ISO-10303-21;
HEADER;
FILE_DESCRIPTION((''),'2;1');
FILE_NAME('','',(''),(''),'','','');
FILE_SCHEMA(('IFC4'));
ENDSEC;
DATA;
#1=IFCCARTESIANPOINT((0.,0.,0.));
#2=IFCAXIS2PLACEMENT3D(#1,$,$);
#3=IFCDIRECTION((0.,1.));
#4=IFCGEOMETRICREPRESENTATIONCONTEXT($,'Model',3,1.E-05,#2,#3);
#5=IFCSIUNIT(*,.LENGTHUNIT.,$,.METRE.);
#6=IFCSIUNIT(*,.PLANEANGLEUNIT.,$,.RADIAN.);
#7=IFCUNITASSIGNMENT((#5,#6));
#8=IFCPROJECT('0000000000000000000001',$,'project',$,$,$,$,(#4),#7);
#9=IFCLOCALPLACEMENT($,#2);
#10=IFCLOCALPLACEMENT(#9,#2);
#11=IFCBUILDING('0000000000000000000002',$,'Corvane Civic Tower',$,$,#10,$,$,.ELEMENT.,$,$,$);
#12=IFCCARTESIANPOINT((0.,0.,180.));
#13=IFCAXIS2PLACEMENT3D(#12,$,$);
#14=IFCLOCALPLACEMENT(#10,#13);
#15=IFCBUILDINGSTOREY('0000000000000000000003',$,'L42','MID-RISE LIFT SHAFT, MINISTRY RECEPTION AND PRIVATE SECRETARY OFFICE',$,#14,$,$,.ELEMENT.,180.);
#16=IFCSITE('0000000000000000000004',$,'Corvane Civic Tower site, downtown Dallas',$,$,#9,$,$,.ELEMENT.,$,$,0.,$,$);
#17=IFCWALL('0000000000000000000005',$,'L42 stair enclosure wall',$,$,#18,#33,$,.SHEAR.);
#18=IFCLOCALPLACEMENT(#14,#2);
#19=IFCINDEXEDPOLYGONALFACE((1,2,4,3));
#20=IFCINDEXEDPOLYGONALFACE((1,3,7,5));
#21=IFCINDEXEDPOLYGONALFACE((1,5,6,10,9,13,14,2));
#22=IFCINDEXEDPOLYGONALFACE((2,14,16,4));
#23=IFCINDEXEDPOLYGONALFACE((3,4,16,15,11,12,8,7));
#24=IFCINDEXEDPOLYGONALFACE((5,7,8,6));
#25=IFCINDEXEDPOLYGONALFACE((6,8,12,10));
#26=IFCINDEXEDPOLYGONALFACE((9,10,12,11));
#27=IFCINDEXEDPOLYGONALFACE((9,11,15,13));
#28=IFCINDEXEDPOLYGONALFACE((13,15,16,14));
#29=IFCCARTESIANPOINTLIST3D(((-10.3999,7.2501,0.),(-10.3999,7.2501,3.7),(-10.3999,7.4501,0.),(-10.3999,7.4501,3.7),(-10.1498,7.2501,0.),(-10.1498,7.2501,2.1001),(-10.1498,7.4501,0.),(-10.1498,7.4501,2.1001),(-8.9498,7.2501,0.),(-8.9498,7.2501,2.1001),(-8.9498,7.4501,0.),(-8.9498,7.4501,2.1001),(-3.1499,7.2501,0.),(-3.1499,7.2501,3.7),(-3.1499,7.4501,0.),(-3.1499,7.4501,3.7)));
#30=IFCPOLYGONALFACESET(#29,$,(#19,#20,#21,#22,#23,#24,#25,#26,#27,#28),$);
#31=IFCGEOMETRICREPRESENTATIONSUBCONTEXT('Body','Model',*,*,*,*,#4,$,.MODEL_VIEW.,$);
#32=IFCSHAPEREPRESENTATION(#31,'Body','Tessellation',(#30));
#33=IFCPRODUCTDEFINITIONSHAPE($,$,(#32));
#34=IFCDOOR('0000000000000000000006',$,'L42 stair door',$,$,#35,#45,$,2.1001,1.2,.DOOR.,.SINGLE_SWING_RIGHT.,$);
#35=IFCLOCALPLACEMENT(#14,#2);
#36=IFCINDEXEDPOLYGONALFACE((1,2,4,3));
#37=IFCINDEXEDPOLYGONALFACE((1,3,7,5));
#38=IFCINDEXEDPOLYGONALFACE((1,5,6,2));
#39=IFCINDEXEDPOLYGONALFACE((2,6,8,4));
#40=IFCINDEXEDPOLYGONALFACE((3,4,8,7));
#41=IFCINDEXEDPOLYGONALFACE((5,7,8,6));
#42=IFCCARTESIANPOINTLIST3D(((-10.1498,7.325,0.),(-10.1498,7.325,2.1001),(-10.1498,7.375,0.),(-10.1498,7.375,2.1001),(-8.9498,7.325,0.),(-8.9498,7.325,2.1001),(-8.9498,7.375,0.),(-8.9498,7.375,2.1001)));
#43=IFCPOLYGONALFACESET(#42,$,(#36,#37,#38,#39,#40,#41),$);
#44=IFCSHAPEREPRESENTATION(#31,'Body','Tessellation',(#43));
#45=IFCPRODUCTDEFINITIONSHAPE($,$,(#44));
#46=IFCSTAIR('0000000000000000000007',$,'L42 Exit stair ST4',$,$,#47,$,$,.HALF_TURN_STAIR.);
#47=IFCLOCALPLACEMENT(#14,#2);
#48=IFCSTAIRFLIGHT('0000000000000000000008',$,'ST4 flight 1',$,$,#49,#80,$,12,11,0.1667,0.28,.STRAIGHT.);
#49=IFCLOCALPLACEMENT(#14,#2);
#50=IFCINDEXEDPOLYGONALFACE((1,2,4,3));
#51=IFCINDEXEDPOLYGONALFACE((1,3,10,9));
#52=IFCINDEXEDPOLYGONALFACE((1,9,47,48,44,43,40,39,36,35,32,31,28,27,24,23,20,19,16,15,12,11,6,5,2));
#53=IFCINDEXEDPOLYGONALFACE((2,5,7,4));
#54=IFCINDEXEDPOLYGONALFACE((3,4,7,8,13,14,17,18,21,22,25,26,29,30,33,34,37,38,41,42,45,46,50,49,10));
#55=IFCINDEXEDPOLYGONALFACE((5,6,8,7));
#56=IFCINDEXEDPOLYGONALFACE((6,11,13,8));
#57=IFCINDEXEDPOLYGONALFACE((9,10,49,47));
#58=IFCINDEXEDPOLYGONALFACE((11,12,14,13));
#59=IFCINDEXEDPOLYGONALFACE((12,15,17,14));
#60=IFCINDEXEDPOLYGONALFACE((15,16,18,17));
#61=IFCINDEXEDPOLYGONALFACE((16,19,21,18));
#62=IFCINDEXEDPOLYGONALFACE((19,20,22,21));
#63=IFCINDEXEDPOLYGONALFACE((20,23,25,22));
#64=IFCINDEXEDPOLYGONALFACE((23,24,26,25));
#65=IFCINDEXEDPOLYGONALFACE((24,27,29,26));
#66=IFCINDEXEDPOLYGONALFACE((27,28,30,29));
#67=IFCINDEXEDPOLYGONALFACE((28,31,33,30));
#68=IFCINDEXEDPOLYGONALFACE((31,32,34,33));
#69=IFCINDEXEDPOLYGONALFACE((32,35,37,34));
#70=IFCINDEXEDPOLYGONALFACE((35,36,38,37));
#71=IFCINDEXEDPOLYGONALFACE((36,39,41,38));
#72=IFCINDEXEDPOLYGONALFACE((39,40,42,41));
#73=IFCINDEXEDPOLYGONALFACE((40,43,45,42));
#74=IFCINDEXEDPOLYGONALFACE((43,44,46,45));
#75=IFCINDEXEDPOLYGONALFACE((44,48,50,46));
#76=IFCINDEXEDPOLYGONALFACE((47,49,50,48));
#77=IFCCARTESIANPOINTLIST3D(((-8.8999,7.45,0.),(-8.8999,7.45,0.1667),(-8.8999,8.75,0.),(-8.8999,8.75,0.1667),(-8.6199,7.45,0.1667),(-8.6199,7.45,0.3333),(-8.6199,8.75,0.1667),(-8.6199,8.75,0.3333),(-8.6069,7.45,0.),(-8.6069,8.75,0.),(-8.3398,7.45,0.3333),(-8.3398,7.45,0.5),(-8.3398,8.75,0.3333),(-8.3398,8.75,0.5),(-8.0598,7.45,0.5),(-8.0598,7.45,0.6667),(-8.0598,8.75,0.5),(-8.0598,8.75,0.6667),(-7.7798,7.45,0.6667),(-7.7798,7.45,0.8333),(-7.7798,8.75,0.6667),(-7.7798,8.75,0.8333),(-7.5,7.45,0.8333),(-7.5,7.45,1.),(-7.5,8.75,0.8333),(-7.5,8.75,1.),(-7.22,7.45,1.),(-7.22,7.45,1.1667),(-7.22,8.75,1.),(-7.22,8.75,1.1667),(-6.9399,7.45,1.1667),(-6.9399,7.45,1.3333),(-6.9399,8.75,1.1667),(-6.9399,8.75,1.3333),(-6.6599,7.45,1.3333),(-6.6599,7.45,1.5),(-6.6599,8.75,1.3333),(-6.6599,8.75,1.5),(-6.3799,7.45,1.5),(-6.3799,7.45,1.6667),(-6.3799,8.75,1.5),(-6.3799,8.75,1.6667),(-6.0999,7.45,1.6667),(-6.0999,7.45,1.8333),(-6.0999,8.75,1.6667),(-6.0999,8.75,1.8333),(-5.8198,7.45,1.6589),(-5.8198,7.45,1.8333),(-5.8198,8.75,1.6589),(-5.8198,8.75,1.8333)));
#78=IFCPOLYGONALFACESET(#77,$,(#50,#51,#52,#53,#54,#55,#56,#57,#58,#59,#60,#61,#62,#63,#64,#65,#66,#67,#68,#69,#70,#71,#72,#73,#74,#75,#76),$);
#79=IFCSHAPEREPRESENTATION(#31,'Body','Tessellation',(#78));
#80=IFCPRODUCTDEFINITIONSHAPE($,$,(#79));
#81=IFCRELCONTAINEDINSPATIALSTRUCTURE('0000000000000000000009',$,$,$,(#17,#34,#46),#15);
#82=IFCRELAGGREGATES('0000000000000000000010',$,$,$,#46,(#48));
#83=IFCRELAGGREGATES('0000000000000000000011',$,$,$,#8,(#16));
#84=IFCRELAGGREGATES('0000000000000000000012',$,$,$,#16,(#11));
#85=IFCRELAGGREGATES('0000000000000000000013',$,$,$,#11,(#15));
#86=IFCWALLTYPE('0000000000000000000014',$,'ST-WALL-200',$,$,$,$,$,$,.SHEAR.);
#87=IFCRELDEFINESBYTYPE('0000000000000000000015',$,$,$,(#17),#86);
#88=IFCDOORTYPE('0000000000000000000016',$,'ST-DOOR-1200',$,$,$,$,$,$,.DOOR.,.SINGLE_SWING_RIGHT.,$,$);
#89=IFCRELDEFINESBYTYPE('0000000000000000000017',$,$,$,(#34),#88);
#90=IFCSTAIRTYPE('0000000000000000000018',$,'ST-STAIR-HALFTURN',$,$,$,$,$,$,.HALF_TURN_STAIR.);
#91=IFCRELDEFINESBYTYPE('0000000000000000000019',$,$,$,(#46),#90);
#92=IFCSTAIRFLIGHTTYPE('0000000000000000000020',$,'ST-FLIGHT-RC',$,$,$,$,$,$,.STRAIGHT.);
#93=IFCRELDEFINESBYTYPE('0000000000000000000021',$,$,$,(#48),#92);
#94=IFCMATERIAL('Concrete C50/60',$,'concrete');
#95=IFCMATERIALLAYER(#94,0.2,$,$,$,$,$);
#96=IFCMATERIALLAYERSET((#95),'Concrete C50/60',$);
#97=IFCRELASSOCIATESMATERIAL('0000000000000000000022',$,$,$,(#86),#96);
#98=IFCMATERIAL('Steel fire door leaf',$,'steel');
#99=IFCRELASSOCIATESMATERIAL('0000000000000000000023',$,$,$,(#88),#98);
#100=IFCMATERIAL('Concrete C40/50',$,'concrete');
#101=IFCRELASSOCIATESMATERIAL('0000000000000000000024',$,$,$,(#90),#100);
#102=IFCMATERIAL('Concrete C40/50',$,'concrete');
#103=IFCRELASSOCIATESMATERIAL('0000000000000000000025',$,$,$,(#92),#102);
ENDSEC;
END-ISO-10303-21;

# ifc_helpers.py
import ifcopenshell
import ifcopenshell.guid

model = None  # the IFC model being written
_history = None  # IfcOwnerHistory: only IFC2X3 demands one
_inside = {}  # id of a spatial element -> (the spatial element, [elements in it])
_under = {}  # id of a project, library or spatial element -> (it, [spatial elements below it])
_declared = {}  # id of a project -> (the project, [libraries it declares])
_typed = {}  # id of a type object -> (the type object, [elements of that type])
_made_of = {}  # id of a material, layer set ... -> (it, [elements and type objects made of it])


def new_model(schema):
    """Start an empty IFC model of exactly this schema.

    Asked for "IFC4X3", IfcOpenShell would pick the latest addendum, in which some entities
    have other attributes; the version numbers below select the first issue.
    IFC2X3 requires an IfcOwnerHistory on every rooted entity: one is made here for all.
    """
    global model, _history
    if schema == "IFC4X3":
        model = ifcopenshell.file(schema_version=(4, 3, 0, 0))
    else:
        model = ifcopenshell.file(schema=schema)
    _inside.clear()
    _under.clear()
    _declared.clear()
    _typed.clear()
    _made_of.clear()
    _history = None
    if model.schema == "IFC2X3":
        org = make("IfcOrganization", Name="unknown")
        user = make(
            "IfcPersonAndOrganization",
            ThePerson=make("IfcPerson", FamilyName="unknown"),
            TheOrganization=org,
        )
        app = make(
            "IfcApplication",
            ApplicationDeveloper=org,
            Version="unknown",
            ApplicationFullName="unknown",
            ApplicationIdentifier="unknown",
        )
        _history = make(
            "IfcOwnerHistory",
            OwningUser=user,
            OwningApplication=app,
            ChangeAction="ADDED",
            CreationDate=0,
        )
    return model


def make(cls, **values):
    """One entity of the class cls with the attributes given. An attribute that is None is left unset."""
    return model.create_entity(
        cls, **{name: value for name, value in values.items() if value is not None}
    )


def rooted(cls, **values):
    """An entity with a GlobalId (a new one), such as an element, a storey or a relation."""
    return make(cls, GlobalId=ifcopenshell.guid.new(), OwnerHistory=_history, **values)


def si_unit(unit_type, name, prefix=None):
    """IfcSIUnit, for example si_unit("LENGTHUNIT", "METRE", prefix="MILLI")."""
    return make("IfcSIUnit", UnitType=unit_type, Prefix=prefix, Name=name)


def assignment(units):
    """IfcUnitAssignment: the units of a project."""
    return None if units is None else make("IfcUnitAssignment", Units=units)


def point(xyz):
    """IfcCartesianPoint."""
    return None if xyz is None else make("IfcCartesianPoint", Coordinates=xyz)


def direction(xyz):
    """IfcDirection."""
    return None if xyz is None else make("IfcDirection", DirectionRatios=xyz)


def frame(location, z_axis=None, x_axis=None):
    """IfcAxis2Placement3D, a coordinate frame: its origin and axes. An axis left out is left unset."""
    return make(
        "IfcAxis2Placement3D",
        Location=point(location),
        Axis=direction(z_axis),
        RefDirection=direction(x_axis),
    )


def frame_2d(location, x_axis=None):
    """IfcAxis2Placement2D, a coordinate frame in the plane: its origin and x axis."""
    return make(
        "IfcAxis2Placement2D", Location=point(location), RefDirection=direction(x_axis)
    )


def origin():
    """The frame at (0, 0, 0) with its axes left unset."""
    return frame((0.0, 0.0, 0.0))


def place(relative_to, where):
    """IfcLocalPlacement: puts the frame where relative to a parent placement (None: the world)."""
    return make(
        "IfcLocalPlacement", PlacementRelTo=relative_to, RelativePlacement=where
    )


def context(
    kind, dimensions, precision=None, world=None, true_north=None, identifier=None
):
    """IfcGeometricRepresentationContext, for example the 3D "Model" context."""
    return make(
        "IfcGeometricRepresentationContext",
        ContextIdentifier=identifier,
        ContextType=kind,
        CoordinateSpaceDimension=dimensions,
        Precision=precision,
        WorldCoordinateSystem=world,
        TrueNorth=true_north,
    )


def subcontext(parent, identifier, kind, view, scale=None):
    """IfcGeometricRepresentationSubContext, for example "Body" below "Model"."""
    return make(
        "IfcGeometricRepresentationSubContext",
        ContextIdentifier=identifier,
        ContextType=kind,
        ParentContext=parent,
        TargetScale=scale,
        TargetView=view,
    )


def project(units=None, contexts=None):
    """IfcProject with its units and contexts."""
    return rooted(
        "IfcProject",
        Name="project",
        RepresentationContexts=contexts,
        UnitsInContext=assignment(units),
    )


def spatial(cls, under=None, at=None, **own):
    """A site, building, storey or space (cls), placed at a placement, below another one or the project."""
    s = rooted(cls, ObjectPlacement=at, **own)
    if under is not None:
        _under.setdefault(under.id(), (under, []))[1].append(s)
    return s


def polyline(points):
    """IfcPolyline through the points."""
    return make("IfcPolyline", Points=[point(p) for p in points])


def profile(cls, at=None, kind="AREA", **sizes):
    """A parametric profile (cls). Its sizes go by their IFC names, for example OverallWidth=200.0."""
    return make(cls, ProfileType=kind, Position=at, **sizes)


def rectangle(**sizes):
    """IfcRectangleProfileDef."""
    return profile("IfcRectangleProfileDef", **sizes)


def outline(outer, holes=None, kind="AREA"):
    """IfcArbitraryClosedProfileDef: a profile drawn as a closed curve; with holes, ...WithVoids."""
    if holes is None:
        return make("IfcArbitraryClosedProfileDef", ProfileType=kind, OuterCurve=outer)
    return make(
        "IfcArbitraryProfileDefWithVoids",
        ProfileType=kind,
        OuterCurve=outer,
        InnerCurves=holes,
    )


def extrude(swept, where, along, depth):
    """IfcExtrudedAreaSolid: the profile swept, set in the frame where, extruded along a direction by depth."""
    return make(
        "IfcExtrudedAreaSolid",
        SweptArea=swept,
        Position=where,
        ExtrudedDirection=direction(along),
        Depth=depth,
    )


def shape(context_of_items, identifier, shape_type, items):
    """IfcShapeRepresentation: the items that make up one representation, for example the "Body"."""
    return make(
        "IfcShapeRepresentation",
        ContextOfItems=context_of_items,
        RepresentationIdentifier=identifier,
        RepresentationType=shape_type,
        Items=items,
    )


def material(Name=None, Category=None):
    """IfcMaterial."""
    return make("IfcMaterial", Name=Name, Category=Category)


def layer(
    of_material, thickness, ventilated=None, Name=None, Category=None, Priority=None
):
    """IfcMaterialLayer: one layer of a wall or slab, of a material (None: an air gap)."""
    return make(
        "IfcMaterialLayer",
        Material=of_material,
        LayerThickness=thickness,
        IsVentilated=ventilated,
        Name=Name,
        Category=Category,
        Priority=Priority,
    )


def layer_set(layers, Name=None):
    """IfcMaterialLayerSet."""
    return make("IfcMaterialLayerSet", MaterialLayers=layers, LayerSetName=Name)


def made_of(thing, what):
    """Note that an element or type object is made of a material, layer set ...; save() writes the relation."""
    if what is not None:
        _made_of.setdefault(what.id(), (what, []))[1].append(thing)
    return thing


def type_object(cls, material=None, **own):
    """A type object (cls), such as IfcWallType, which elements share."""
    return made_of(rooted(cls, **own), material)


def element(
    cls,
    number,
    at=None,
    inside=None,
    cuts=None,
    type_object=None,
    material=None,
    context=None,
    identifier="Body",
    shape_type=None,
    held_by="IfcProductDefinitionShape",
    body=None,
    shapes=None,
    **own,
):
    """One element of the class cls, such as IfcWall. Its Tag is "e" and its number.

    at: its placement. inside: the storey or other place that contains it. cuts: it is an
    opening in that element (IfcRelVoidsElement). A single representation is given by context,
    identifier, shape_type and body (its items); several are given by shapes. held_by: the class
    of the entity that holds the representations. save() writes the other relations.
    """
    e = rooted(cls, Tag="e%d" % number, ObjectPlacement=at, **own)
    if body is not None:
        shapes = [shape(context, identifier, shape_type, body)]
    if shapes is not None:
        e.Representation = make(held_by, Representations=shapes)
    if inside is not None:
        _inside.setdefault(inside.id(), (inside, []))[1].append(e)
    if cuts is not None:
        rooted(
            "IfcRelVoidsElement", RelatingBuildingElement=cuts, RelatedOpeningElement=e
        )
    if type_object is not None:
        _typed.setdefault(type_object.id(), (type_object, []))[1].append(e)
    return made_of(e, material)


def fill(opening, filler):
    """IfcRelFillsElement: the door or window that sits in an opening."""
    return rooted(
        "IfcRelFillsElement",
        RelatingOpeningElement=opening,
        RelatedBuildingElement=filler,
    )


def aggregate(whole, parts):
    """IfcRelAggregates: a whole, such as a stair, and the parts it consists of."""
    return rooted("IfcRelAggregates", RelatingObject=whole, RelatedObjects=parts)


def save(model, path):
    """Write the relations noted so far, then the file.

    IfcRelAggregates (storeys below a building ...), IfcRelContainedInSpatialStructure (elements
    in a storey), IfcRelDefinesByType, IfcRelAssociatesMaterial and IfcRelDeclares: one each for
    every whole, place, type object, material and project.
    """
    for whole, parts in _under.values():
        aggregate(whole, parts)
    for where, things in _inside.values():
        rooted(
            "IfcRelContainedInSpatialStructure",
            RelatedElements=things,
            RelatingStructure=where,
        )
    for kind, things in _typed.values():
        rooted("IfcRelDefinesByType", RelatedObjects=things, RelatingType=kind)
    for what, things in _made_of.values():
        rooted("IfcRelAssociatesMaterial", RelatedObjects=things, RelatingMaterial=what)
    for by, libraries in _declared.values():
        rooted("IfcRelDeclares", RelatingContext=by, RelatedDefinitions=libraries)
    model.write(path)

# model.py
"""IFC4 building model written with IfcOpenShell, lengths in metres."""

from ifc_helpers import new_model, si_unit, direction, frame, frame_2d, origin, place, context, subcontext, project, spatial, polyline, rectangle, outline, extrude, material, layer, layer_set, type_object, element, fill, aggregate, save


model = new_model("IFC4")

# Units and contexts
model_context = context("Model", 3, precision=1e-05, world=origin(), true_north=direction((0.0, 1.0)))
body_context = subcontext(model_context, "Body", "Model", "MODEL_VIEW")
ifc_project = project(units=[si_unit("LENGTHUNIT", "METRE"), si_unit("PLANEANGLEUNIT", "RADIAN")], contexts=[model_context])

# Site, building, storey
site_placement = place(None, origin())
site = spatial("IfcSite", under=ifc_project, at=site_placement, Name="Corvane Civic Tower site, downtown Dallas", CompositionType="ELEMENT", RefElevation=0.0)
building_placement = place(site_placement, origin())
building = spatial("IfcBuilding", under=site, at=building_placement, Name="Corvane Civic Tower", CompositionType="ELEMENT")
storey_placement = place(building_placement, frame((0.0, 0.0, 180.0)))
storey = spatial("IfcBuildingStorey", under=building, at=storey_placement, Name="L42", Description="MID-RISE LIFT SHAFT, MINISTRY RECEPTION AND PRIVATE SECRETARY OFFICE", CompositionType="ELEMENT", Elevation=180.0)

# Wall, opening, door
ifc_material_1 = material(Name="Concrete C50/60", Category="concrete")
ifc_layer_1 = layer(ifc_material_1, 0.2)
ifc_layer_set_1 = layer_set([ifc_layer_1], Name="Concrete C50/60")
wall_type_1 = type_object("IfcWallType", Name="ST-WALL-200", PredefinedType="SHEAR", material=ifc_layer_set_1)
wall_1_placement = place(storey_placement, frame((-10.3999, 7.3501, 0.0), z_axis=(0.0, 0.0, 1.0), x_axis=(1.0, 0.0, 0.0)))
wall_1 = element("IfcWall", 1, at=wall_1_placement, inside=storey, type_object=wall_type_1, Name="L42 stair enclosure wall", PredefinedType="SHEAR", context=body_context, shape_type="SweptSolid", body=[
    extrude(rectangle(XDim=7.25, YDim=0.2, at=frame_2d((3.625, 0.0))), origin(), (0.0, 0.0, 1.0), 3.7),
])
opening_1_placement = place(wall_1_placement, frame((0.25, 0.0, 0.0)))
opening_1 = element("IfcOpeningElement", 2, at=opening_1_placement, cuts=wall_1, PredefinedType="OPENING", context=body_context, shape_type="SweptSolid", body=[
    extrude(rectangle(XDim=1.2, YDim=2.1001, at=frame_2d((0.6001, 1.05))), frame((0.0, 0.1099, 0.0), z_axis=(0.0, -1.0, 0.0), x_axis=(1.0, 0.0, 0.0)), (0.0, 0.0, 1.0), 0.22),
])
ifc_material_2 = material(Name="Steel fire door leaf", Category="steel")
door_type_1 = type_object("IfcDoorType", Name="ST-DOOR-1200", OperationType="SINGLE_SWING_RIGHT", PredefinedType="DOOR", material=ifc_material_2)
door_1_placement = place(opening_1_placement, origin())
door_1 = element("IfcDoor", 3, at=door_1_placement, inside=storey, type_object=door_type_1, Name="L42 stair door", OperationType="SINGLE_SWING_RIGHT", OverallHeight=2.1001, OverallWidth=1.2, PredefinedType="DOOR", context=body_context, shape_type="SweptSolid", body=[
    extrude(rectangle(XDim=1.2, YDim=2.1001, at=frame_2d((0.6001, 1.05))), frame((0.0, 0.0249, 0.0), z_axis=(0.0, -1.0, 0.0), x_axis=(1.0, 0.0, 0.0)), (0.0, 0.0, 1.0), 0.05),
])
fill(opening_1, door_1)

# Stair, stair flight
ifc_material_3 = material(Name="Concrete C40/50", Category="concrete")
stair_type = type_object("IfcStairType", Name="ST-STAIR-HALFTURN", PredefinedType="HALF_TURN_STAIR", material=ifc_material_3)
stair_placement = place(storey_placement, origin())
stair = element("IfcStair", 4, at=stair_placement, inside=storey, type_object=stair_type, Name="L42 Exit stair ST4", PredefinedType="HALF_TURN_STAIR")
ifc_material_4 = material(Name="Concrete C40/50", Category="concrete")
stair_flight_type = type_object("IfcStairFlightType", Name="ST-FLIGHT-RC", PredefinedType="STRAIGHT", material=ifc_material_4)
stair_flight_placement = place(storey_placement, frame((-8.8999, 8.1001, 0.0), z_axis=(0.0, 0.0, 1.0), x_axis=(1.0, 0.0, 0.0)))
stair_flight = element("IfcStairFlight", 5, at=stair_flight_placement, type_object=stair_flight_type, Name="ST4 flight 1", NumberOfRisers=12, NumberOfTreads=11, PredefinedType="STRAIGHT", RiserHeight=0.1667, TreadLength=0.28, context=body_context, shape_type="SweptSolid", body=[
    extrude(outline(polyline([(0.0, 0.0), (0.0, 0.1667), (0.28, 0.1667), (0.28, 0.3333), (0.5601, 0.3333), (0.5601, 0.5), (0.8401, 0.5), (0.8401, 0.6667), (1.1201, 0.6667), (1.1201, 0.8333), (1.3999, 0.8333), (1.3999, 1.0), (1.6799, 1.0), (1.6799, 1.1667), (1.96, 1.1667), (1.96, 1.3333), (2.24, 1.3333), (2.24, 1.5), (2.52, 1.5), (2.52, 1.6667), (2.8, 1.6667), (2.8, 1.8333), (3.0801, 1.8333), (3.0801, 2.0), (3.0801, 1.6589), (0.293, 0.0), (0.0, 0.0)])), frame((0.0, 0.6499, 0.0), z_axis=(0.0, -1.0, 0.0), x_axis=(1.0, 0.0, 0.0)), (0.0, 0.0, 1.0), 1.3),
])
aggregate(stair, [stair_flight])

save(model, "model.ifc")
